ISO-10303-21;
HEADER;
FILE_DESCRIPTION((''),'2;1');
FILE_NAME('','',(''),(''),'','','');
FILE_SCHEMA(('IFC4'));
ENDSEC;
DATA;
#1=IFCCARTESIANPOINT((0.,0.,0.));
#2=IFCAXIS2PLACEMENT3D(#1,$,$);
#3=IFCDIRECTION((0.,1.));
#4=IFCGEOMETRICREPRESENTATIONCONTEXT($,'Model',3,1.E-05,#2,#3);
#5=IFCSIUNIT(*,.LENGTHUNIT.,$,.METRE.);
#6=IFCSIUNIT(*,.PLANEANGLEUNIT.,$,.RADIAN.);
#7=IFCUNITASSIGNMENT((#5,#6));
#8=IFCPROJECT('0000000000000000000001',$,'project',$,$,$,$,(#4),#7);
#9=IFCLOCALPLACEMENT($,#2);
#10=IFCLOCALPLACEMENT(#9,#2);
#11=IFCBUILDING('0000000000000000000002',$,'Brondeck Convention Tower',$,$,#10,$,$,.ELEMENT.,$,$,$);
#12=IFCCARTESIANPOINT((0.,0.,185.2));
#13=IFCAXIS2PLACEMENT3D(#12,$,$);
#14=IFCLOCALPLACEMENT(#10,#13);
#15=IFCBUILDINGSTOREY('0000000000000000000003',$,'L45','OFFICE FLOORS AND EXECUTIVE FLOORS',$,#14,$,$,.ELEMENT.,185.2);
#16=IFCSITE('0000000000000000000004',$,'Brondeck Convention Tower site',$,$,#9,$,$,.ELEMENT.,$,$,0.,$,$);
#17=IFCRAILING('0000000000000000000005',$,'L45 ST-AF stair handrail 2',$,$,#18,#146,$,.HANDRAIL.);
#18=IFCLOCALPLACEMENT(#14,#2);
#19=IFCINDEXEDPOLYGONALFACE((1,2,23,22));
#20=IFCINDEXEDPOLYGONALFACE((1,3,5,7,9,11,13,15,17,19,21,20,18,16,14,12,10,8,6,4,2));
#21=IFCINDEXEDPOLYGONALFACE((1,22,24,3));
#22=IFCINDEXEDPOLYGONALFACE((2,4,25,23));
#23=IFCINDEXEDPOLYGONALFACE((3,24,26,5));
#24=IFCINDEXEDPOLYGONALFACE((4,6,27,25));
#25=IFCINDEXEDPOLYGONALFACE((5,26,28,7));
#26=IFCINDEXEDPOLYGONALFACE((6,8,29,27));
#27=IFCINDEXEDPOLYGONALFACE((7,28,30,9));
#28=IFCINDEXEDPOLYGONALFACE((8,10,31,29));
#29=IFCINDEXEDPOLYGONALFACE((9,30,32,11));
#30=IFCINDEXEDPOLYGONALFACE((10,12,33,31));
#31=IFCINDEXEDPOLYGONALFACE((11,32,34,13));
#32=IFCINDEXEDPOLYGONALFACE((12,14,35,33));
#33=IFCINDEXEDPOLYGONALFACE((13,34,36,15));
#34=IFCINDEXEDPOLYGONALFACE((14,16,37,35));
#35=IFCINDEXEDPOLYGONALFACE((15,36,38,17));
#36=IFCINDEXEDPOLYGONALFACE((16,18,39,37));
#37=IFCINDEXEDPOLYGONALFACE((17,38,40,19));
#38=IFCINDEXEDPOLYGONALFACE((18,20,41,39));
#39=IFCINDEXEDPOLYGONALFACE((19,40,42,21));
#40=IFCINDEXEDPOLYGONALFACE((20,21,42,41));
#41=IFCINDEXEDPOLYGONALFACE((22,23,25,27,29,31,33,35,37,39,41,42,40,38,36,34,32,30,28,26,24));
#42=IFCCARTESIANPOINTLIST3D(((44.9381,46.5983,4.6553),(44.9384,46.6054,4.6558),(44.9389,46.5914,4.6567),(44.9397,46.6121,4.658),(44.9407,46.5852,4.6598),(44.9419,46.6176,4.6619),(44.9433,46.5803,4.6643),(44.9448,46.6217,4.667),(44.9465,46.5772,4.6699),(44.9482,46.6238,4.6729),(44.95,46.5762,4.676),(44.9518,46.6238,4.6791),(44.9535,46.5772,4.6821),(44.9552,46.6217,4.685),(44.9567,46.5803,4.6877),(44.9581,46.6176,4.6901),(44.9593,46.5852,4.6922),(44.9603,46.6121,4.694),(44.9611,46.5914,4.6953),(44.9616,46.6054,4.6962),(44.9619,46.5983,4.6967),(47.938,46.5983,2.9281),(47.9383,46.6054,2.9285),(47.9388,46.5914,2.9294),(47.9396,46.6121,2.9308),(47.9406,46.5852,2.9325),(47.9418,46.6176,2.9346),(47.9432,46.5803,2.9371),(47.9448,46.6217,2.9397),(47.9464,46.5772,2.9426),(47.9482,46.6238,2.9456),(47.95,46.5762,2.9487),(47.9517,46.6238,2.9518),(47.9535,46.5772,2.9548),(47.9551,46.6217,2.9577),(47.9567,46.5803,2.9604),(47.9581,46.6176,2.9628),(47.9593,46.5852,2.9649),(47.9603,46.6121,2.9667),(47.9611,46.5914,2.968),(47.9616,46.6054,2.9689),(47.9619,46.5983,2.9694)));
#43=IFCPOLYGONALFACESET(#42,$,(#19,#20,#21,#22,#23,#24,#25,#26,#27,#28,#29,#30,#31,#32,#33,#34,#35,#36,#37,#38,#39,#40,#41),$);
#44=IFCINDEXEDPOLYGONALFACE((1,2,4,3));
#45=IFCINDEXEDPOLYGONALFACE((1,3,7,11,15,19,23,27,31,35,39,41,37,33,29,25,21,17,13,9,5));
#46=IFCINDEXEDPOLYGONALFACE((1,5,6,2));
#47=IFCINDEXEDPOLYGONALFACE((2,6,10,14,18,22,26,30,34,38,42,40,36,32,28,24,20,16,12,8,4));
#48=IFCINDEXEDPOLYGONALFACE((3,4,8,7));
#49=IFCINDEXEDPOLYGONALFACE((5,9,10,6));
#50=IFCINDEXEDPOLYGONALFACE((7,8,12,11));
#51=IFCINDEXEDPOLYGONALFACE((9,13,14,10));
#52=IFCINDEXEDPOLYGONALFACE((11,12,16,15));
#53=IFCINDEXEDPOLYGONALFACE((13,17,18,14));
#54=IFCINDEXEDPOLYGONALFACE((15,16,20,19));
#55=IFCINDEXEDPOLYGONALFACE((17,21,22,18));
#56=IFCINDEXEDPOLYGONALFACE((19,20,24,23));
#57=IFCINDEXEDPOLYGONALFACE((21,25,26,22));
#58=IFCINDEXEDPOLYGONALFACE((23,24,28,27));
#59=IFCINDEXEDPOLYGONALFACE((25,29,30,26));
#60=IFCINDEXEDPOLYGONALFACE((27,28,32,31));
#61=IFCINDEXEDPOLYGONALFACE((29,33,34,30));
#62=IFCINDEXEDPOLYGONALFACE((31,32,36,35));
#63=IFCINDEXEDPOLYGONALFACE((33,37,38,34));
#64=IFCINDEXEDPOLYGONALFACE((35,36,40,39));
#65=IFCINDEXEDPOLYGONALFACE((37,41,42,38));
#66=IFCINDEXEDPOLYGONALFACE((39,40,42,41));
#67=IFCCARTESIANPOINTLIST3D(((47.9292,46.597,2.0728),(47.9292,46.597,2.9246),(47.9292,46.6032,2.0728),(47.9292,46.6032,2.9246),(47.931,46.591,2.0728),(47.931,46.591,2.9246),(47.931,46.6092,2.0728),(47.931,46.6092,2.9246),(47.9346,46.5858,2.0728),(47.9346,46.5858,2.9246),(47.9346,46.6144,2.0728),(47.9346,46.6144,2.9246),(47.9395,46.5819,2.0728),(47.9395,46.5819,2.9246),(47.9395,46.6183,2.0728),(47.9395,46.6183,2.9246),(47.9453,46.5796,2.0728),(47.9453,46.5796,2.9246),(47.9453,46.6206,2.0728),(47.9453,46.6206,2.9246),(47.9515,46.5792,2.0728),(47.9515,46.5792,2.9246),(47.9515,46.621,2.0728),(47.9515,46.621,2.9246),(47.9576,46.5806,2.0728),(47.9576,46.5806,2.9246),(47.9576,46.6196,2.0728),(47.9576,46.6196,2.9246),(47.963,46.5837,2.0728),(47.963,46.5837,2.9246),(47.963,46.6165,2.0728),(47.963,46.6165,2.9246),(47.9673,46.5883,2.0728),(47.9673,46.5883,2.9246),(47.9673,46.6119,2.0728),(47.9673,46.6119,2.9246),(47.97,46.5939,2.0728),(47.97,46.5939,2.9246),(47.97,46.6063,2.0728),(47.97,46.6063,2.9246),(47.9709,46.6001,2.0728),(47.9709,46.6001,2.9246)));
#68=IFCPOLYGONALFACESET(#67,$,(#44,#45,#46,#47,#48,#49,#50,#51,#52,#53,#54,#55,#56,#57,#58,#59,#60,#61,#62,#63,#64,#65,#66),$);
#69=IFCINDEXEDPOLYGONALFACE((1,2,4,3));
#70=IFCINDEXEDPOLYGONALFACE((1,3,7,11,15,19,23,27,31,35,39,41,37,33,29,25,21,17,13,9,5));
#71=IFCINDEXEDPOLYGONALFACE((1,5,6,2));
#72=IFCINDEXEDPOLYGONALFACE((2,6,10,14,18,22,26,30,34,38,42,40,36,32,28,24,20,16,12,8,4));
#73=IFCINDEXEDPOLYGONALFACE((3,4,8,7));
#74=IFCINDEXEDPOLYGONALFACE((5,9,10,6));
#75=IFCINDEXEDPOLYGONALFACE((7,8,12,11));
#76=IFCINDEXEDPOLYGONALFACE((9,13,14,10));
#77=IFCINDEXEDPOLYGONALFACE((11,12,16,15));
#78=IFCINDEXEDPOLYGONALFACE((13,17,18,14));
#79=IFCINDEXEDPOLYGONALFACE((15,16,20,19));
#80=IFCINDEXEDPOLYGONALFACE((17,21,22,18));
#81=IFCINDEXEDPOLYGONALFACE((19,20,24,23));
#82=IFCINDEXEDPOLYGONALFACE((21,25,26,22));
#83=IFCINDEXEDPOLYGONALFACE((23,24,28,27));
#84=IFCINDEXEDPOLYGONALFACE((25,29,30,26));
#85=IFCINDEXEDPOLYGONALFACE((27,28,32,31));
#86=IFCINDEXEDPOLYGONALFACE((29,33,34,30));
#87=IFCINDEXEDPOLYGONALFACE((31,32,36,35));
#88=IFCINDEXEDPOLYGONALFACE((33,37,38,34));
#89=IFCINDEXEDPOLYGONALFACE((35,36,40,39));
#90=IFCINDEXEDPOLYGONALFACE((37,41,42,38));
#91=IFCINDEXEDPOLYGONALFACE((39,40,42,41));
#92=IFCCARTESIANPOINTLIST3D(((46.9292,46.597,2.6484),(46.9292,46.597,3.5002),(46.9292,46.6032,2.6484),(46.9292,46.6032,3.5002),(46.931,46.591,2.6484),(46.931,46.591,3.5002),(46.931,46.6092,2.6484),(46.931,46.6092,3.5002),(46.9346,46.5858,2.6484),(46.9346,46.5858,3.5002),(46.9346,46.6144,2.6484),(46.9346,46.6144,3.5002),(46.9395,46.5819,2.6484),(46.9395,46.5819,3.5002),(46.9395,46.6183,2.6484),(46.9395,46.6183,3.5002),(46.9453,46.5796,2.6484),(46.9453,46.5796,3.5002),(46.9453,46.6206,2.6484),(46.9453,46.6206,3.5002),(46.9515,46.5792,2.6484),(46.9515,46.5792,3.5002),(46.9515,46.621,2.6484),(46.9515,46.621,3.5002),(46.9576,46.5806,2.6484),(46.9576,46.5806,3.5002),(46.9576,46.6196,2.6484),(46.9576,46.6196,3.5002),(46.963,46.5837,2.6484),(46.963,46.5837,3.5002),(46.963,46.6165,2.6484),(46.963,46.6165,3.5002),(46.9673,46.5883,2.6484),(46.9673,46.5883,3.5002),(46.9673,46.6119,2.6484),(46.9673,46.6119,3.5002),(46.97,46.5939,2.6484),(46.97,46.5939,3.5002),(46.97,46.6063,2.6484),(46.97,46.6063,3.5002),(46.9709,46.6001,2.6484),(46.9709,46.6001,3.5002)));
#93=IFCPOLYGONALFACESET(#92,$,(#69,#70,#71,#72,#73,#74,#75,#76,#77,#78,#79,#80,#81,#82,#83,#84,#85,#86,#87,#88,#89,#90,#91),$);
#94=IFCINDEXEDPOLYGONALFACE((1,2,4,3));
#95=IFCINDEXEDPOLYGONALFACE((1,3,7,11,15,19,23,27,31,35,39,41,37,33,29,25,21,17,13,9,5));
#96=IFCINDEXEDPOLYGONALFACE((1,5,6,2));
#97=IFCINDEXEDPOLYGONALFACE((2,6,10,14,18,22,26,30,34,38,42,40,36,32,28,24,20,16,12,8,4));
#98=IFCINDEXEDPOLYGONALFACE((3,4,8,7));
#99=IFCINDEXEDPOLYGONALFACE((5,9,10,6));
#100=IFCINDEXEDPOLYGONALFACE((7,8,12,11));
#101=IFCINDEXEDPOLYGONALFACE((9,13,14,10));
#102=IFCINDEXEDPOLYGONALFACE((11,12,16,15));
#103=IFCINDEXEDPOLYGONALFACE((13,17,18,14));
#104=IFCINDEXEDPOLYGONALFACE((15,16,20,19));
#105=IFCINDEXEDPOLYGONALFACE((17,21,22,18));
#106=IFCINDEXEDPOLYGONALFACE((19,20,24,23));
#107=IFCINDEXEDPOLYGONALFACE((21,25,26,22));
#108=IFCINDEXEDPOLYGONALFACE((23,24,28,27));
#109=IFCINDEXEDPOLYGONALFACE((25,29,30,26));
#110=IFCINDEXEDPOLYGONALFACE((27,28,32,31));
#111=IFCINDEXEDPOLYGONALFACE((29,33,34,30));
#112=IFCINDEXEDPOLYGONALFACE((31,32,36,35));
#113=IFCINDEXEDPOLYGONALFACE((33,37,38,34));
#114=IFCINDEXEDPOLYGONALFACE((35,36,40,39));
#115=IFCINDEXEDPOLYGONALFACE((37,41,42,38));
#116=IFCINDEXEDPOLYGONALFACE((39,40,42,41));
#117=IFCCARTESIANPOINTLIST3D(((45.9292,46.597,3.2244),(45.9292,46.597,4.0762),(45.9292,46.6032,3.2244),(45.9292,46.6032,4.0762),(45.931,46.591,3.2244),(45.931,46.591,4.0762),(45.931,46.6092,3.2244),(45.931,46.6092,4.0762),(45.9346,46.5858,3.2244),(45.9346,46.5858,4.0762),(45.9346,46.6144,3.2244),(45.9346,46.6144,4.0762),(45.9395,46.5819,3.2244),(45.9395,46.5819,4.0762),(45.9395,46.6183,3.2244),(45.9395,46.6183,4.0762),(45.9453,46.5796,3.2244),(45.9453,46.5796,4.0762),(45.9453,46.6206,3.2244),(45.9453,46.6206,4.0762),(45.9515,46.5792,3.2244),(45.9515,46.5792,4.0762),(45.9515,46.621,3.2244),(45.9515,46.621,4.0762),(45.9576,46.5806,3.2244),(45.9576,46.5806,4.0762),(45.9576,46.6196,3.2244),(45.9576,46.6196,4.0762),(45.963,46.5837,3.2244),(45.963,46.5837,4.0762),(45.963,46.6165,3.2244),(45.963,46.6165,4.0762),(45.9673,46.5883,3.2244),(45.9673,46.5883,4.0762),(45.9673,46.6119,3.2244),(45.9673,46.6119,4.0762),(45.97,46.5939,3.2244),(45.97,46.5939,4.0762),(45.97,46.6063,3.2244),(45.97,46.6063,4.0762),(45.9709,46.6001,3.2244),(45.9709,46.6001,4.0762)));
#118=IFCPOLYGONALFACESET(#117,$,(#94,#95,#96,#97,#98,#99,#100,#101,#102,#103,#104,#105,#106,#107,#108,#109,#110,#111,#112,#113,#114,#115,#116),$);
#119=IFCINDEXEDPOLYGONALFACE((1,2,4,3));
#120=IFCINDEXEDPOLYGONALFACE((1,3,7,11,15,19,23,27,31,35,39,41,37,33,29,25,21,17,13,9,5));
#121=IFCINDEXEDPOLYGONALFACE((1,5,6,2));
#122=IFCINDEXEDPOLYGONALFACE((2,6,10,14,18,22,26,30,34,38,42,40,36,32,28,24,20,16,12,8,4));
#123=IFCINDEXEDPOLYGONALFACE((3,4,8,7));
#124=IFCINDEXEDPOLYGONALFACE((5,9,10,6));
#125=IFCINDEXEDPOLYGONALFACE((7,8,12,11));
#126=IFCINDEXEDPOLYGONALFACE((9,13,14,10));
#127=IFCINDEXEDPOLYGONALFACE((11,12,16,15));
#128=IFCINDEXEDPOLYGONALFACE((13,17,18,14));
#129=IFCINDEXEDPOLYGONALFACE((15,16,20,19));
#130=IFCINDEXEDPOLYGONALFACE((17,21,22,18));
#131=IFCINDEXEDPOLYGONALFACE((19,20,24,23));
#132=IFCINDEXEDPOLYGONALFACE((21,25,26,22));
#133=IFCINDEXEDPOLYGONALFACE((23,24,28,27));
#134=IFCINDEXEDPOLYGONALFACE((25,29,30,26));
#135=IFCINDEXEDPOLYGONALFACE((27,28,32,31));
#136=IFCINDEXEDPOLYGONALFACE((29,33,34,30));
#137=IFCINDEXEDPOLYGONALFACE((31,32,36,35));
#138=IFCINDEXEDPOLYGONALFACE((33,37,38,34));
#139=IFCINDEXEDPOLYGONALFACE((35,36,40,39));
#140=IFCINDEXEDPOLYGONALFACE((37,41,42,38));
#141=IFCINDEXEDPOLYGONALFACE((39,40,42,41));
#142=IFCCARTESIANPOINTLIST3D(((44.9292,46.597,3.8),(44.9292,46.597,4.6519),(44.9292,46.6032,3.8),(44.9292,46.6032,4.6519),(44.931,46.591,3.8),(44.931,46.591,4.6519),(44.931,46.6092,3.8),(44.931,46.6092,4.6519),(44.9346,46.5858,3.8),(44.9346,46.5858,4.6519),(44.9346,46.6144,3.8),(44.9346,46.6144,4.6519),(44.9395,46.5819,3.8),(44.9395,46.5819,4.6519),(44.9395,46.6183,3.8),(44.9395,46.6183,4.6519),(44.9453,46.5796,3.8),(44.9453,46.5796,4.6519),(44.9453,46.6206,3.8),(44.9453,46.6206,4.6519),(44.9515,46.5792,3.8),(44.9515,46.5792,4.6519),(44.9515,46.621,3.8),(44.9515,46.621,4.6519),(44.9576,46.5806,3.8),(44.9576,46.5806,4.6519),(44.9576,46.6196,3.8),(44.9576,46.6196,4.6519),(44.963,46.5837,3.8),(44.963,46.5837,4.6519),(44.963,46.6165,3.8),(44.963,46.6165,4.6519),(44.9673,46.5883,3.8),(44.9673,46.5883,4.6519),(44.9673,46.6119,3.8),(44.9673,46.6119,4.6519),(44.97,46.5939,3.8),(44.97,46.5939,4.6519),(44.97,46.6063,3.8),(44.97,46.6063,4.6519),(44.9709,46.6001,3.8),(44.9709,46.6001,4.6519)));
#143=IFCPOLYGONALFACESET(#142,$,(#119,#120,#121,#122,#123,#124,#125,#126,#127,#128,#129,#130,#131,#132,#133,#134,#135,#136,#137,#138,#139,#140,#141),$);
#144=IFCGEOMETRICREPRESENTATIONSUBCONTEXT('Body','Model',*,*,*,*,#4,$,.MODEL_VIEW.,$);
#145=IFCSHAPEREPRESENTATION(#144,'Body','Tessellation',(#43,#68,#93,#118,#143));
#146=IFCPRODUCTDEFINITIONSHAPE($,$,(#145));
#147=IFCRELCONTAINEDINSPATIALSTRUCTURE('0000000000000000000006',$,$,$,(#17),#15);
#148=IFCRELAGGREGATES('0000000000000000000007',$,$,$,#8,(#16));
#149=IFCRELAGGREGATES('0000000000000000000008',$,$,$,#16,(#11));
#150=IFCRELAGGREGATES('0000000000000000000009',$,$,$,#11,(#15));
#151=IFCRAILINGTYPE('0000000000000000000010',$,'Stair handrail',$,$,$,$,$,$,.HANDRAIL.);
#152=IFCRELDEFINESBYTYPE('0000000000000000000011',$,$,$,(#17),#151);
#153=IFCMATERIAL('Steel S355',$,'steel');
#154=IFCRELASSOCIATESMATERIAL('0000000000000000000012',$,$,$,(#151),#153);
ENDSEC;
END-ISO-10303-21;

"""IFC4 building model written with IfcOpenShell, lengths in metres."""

from ifc_helpers import new_model, si_unit, direction, frame, origin, origin_2d, place, context, subcontext, project, spatial, circle, extrude, material, type_object, element, save


model = new_model("IFC4")

# Units and contexts
model_context = context("Model", 3, precision=1e-05, world=origin(), true_north=direction((0.0, 1.0)))
body_context = subcontext(model_context, "Body", "Model", "MODEL_VIEW")
ifc_project = project(units=[si_unit("LENGTHUNIT", "METRE"), si_unit("PLANEANGLEUNIT", "RADIAN")], contexts=[model_context])

# Site, building, storey
site_placement = place(None, origin())
site = spatial("IfcSite", under=ifc_project, at=site_placement, Name="Brondeck Convention Tower site", CompositionType="ELEMENT", RefElevation=0.0)
building_placement = place(site_placement, origin())
building = spatial("IfcBuilding", under=site, at=building_placement, Name="Brondeck Convention Tower", CompositionType="ELEMENT")
storey_placement = place(building_placement, frame((0.0, 0.0, 185.2)))
storey = spatial("IfcBuildingStorey", under=building, at=storey_placement, Name="L45", Description="OFFICE FLOORS AND EXECUTIVE FLOORS", CompositionType="ELEMENT", Elevation=185.2)

# Shared definitions
ifc_material_1 = material(Name="Steel S355", Category="steel")

# Railing
railing_type = type_object("IfcRailingType", Name="Stair handrail", PredefinedType="HANDRAIL", material=ifc_material_1)
for number, where, name in (
    (1, (47.95, 46.6001, 2.0728), "L45 ST-AF stair handrail 2"),
):
    element("IfcRailing", number, at=place(storey_placement, frame(where)), inside=storey, type_object=railing_type, Name=name, PredefinedType="HANDRAIL", context=body_context, shape_type="SweptSolid", body=[
        extrude(circle(Radius=0.0239, at=origin_2d()), frame((0.0, 0.0, 0.876), z_axis=(-0.86662, 0.0, 0.498969), x_axis=(0.0, -1.0, 0.0)), (0.0, 0.0, 1.0), 3.4617),
        extrude(circle(Radius=0.021, at=origin_2d()), origin(), (0.0, 0.0, 1.0), 0.8518),
        extrude(circle(Radius=0.021, at=origin_2d()), frame((-1.0, 0.0, 0.5757)), (0.0, 0.0, 1.0), 0.8518),
        extrude(circle(Radius=0.021, at=origin_2d()), frame((-2.0, 0.0, 1.1516)), (0.0, 0.0, 1.0), 0.8518),
        extrude(circle(Radius=0.021, at=origin_2d()), frame((-3.0, 0.0, 1.7273)), (0.0, 0.0, 1.0), 0.8518),
    ])

save(model, "model.ifc")
